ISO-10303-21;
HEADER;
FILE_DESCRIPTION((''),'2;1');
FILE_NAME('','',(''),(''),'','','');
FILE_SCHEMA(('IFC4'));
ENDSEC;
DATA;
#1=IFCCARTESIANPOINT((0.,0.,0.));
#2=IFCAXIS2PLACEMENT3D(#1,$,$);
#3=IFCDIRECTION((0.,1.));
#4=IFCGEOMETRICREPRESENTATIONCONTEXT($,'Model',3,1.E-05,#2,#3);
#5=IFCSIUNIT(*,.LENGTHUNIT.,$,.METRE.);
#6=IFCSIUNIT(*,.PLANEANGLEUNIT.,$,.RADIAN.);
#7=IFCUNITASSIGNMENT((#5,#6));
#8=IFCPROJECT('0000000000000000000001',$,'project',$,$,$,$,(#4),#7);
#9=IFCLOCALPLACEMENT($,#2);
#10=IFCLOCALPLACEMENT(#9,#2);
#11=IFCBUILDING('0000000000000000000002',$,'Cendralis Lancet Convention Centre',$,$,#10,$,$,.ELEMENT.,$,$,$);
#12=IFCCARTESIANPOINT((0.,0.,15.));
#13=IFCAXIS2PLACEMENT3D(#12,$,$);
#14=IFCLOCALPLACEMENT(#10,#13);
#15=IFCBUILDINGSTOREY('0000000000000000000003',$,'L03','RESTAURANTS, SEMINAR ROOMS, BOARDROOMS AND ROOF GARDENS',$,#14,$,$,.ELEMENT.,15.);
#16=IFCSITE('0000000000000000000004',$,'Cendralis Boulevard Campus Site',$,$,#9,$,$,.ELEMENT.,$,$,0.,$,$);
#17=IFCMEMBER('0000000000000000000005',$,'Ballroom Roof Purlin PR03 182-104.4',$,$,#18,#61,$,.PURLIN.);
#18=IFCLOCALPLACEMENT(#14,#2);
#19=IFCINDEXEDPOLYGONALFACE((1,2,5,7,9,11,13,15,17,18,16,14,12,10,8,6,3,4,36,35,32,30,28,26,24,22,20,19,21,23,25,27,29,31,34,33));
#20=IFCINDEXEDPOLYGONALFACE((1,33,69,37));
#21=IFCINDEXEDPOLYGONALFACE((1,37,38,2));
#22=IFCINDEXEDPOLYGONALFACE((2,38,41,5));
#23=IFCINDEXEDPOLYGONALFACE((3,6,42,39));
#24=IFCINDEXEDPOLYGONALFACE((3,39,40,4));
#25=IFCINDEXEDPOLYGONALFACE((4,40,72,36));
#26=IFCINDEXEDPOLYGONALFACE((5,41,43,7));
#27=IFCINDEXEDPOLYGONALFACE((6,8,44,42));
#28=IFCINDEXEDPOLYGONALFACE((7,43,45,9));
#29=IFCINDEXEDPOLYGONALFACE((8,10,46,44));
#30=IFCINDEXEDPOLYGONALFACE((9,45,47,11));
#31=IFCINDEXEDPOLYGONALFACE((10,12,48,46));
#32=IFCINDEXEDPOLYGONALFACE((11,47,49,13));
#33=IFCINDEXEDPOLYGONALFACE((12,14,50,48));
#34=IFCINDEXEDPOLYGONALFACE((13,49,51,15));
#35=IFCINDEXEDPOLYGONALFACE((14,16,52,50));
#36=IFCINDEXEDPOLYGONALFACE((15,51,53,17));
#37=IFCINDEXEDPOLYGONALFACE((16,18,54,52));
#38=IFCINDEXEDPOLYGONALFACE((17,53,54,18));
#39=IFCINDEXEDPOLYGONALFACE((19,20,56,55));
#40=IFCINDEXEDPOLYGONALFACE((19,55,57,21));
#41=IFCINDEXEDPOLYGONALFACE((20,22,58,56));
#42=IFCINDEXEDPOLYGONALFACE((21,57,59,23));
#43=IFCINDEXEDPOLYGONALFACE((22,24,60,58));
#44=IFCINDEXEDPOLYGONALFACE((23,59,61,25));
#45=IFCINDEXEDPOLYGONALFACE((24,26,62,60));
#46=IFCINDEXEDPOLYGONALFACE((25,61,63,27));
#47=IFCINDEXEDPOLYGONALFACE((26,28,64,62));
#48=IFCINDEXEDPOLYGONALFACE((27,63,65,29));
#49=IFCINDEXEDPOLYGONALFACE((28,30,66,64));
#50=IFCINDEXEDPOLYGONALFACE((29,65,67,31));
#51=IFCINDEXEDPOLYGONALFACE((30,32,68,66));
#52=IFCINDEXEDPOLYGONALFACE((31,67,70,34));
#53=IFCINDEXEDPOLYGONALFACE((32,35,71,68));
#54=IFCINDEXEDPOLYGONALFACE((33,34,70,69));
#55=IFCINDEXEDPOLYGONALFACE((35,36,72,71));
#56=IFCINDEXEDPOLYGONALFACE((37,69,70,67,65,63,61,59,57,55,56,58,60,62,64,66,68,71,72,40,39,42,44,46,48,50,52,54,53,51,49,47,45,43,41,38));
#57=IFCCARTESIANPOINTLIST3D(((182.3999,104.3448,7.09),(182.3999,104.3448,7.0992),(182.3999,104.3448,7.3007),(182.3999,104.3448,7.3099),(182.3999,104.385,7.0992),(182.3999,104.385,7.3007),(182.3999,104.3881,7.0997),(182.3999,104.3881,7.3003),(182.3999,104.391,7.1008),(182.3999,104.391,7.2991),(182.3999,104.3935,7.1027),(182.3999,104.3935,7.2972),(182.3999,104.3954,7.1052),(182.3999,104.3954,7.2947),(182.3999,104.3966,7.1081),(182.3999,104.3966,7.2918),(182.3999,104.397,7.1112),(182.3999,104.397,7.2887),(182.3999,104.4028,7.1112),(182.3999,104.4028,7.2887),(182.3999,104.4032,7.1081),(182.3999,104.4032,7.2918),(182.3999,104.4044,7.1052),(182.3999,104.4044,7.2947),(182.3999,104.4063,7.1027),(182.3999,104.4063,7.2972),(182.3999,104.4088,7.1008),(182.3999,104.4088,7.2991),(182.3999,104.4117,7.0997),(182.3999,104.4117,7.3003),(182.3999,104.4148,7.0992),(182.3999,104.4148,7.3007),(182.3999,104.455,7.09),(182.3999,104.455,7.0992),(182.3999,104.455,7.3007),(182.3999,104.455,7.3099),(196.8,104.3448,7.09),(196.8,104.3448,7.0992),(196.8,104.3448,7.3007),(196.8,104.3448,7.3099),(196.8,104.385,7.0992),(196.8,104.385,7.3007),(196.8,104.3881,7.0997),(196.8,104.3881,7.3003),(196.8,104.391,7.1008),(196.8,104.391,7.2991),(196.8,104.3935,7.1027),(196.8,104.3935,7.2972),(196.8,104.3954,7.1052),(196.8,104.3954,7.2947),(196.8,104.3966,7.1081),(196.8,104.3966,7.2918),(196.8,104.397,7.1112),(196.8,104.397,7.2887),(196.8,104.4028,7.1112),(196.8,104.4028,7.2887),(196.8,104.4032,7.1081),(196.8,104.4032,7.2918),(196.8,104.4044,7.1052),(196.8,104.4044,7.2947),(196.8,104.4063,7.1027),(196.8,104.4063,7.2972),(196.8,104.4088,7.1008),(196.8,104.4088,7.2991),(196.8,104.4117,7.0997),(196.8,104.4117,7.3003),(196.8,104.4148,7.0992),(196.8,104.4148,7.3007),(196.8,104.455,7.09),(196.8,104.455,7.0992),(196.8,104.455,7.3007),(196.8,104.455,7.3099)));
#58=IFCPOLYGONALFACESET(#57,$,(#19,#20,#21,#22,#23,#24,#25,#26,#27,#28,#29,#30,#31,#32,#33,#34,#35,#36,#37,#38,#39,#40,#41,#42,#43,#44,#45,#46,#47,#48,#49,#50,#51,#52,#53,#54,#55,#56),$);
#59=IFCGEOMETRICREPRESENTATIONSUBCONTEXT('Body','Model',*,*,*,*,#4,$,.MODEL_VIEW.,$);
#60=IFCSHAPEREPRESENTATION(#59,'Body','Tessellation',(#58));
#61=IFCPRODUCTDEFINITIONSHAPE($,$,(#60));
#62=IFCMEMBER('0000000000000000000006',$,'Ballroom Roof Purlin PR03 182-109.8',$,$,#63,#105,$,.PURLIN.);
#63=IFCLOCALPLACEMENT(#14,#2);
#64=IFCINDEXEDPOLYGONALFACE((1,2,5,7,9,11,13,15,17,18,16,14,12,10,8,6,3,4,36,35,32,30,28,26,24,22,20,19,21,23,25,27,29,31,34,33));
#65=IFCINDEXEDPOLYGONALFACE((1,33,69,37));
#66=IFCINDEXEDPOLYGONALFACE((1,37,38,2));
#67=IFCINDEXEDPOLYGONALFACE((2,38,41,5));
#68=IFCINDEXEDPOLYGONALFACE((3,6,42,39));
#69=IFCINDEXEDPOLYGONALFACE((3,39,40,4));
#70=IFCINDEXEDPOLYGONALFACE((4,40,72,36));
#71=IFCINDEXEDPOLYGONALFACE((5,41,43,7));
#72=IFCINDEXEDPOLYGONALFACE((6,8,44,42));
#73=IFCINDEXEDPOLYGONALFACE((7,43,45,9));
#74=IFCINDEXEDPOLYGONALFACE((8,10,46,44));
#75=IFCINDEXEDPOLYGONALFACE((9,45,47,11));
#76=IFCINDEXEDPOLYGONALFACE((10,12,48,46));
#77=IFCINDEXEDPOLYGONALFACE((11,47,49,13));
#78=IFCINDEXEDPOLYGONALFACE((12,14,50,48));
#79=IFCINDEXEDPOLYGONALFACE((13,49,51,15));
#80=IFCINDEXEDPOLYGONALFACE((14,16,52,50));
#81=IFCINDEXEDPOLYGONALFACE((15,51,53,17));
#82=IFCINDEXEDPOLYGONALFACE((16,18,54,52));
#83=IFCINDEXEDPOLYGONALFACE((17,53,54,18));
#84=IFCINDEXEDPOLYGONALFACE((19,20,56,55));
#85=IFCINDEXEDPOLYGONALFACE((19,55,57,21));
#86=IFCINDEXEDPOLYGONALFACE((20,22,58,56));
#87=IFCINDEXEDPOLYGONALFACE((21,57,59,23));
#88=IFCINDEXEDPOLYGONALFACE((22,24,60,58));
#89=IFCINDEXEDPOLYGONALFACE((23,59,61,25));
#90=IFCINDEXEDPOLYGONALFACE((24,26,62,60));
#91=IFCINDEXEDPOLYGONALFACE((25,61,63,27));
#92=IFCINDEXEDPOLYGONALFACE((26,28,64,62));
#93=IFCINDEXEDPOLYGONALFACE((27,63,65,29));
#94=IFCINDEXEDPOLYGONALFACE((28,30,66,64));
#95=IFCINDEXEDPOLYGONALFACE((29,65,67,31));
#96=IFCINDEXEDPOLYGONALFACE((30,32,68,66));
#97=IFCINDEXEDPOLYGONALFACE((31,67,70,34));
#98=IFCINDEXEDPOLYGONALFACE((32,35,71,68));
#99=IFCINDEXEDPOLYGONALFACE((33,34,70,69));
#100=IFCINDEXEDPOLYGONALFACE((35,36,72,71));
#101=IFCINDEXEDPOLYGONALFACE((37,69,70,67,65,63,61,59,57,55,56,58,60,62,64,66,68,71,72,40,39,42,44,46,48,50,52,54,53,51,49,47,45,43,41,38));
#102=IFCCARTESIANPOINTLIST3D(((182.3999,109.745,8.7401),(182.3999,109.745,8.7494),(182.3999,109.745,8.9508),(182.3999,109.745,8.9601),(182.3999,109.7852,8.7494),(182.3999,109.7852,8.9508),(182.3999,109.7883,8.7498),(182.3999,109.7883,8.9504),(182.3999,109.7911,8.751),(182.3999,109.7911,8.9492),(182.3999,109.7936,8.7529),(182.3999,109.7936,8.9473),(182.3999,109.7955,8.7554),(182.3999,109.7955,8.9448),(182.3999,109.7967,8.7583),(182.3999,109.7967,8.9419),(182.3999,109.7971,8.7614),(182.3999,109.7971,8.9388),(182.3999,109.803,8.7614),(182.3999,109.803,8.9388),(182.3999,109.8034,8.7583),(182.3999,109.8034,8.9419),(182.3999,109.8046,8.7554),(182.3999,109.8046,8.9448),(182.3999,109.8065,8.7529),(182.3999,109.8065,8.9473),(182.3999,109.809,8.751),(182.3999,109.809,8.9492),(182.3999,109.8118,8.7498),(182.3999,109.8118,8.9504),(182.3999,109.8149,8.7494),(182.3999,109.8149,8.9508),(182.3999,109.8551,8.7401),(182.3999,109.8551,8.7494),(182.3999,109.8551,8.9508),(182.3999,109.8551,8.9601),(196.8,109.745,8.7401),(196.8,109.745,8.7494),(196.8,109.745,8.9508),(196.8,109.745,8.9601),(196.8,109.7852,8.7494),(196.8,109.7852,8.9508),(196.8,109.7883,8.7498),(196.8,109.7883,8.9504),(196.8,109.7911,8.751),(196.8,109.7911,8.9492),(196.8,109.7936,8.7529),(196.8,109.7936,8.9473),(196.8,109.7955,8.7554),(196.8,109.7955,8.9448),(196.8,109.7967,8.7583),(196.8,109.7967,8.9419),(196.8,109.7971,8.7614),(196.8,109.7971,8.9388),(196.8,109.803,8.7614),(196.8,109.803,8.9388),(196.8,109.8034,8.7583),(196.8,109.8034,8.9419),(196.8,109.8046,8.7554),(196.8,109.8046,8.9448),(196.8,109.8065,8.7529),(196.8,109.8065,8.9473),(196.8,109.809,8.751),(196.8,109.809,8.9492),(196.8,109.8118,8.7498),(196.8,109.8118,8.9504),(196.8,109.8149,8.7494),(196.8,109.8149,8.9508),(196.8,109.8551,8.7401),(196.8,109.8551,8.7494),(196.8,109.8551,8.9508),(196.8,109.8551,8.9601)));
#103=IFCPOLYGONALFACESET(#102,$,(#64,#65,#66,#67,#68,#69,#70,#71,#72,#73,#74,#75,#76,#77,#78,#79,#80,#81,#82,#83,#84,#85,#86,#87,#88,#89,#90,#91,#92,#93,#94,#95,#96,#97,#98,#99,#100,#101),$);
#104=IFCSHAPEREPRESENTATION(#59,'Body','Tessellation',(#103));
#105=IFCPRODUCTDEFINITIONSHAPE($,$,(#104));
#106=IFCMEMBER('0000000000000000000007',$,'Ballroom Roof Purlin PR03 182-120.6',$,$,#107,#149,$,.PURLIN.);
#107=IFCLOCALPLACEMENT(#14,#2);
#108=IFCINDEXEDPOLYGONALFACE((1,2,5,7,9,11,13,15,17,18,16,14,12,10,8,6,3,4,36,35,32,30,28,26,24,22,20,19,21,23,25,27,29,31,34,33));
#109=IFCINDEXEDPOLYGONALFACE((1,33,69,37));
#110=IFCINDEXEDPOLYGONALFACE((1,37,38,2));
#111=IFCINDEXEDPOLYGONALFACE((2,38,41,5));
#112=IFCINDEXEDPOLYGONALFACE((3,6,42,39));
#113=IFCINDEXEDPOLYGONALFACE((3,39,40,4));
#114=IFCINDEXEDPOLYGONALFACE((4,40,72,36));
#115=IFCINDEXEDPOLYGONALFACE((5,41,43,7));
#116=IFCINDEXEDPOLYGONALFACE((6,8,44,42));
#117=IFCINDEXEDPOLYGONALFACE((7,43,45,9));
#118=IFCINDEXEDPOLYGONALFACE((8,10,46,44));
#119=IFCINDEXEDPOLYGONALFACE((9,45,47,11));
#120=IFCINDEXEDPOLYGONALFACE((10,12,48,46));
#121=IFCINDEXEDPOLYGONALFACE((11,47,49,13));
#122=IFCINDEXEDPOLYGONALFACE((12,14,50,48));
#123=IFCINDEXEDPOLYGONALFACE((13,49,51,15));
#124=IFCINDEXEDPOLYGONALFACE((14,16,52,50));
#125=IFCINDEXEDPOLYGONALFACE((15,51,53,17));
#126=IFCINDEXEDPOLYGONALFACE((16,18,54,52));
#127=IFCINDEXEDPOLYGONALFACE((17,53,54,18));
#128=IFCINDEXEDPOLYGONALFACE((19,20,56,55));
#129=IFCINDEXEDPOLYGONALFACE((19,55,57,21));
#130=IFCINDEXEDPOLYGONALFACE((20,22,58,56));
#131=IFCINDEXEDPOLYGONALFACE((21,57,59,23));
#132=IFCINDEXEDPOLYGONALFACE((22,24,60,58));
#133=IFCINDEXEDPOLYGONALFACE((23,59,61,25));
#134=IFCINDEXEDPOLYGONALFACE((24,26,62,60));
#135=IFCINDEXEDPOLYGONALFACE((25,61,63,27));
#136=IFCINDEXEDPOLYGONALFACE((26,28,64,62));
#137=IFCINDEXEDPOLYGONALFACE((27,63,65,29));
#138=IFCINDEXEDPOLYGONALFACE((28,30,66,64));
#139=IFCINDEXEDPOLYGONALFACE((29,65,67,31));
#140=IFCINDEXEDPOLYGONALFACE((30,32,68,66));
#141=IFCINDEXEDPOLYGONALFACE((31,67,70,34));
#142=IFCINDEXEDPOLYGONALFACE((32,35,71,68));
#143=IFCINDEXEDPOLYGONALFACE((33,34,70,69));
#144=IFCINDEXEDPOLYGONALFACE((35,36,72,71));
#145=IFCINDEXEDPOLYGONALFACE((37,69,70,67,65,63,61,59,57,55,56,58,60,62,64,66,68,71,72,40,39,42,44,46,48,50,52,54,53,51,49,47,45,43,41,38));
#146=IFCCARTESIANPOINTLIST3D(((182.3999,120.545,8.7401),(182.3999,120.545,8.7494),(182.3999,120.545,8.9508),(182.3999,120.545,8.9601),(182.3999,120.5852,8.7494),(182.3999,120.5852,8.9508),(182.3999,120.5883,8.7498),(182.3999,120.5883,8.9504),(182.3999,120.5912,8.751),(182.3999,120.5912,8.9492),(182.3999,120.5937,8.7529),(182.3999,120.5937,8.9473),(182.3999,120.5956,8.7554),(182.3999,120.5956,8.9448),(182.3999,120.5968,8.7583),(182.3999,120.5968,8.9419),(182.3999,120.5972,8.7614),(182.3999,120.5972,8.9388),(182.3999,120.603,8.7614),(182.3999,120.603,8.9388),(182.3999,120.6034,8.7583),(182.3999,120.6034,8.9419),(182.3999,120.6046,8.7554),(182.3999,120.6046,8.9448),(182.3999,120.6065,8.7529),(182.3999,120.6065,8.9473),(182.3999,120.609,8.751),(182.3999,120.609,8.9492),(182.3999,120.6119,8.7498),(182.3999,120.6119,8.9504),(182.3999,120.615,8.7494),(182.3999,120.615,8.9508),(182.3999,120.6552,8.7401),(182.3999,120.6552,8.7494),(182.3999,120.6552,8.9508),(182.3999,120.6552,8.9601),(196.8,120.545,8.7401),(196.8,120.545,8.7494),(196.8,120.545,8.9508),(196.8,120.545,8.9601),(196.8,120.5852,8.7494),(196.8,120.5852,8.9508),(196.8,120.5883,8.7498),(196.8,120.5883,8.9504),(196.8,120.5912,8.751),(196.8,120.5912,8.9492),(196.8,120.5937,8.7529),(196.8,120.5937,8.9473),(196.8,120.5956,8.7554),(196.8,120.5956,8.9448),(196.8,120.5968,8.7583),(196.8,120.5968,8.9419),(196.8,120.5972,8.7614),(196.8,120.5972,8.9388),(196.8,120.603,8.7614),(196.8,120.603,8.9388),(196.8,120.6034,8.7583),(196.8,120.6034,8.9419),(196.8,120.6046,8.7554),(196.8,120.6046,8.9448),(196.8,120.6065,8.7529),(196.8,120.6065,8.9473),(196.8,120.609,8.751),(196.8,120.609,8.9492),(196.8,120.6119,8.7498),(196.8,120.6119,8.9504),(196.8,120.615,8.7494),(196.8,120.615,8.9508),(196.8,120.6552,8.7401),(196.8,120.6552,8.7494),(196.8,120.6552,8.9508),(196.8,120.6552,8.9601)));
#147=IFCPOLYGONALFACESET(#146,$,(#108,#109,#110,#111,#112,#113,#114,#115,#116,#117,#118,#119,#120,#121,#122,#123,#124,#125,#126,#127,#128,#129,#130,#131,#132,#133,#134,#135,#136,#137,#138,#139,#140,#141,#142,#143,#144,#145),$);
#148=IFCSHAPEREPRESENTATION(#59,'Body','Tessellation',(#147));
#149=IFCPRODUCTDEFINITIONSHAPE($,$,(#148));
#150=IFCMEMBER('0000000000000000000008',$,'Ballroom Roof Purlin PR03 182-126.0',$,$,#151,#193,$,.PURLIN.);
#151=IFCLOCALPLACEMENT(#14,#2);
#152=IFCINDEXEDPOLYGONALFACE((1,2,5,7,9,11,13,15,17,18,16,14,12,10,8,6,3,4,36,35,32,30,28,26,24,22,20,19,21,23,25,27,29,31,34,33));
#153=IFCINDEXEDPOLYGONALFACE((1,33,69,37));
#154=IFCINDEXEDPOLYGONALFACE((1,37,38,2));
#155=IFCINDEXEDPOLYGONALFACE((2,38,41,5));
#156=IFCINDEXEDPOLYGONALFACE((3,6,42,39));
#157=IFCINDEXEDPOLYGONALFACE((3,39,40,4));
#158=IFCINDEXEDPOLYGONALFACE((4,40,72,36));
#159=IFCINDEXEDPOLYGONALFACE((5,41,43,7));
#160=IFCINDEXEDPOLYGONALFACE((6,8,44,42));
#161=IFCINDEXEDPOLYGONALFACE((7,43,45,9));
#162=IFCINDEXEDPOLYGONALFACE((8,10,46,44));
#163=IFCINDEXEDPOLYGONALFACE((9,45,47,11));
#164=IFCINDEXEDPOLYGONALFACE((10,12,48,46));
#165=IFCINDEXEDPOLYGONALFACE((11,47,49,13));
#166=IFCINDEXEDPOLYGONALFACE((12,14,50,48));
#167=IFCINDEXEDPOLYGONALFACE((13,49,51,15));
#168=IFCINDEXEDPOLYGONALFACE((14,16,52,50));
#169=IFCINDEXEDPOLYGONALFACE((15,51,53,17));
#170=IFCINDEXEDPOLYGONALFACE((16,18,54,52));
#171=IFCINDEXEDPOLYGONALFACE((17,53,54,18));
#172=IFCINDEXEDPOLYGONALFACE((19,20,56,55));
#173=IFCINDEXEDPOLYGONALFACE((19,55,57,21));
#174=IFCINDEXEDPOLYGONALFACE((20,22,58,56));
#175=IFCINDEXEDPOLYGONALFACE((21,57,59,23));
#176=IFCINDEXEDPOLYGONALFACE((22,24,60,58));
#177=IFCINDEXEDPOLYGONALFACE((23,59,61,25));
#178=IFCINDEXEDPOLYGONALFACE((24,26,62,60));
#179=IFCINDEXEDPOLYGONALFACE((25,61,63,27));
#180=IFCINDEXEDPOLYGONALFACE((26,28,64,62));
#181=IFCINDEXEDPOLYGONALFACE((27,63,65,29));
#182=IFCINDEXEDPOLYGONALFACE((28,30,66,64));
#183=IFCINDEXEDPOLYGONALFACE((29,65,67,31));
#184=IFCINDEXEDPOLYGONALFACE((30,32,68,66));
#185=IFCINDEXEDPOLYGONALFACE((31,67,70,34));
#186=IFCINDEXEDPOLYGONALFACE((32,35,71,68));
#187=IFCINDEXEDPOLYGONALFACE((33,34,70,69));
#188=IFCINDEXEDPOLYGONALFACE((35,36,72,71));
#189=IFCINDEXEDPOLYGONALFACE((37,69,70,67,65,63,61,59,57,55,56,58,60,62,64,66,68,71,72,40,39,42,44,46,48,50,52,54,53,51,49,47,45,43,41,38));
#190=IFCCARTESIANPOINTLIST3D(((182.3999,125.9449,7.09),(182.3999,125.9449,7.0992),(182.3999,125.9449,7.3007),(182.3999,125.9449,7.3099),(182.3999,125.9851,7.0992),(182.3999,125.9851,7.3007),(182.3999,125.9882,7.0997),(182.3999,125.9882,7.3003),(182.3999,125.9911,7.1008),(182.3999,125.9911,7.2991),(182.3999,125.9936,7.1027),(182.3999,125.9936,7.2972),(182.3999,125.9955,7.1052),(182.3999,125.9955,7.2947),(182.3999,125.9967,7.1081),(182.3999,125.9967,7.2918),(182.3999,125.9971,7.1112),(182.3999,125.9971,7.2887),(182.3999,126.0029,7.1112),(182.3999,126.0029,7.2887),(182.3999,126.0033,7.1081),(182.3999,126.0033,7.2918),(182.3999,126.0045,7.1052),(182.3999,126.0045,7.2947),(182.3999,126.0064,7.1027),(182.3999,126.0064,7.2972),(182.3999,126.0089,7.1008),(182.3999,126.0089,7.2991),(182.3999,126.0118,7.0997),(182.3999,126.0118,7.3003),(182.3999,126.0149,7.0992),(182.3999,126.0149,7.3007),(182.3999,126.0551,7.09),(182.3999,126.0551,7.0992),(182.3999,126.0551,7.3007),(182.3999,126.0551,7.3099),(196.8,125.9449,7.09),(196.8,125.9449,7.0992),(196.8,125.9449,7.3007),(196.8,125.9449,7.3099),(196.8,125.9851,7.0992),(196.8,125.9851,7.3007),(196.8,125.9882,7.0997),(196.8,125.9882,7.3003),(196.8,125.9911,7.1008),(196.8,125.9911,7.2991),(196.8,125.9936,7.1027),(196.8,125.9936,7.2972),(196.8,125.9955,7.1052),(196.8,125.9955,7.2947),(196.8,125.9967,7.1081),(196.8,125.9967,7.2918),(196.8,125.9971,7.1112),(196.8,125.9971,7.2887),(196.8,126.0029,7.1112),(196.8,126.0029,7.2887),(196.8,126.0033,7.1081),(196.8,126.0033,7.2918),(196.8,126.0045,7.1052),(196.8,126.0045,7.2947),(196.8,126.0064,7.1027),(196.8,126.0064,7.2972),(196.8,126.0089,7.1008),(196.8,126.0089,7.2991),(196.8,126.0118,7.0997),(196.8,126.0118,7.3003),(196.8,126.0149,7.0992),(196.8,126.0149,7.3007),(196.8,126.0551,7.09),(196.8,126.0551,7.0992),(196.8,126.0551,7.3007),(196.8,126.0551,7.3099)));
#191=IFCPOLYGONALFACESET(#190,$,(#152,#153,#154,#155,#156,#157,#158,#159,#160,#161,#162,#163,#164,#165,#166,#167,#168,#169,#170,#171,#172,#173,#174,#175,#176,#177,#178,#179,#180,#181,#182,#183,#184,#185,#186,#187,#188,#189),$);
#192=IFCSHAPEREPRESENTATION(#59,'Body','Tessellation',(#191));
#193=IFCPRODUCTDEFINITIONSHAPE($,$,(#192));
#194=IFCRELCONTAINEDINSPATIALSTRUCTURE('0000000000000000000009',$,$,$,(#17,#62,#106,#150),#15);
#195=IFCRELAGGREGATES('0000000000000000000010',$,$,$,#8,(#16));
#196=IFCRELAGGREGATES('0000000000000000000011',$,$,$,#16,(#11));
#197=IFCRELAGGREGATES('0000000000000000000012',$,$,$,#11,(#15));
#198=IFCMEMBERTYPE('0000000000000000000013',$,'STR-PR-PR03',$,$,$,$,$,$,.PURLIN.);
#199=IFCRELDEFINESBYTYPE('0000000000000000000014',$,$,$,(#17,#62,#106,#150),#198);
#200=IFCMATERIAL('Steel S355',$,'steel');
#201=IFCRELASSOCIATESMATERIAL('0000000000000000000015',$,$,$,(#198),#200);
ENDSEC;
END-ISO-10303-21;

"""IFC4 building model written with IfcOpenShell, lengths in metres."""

from ifc_helpers import new_model, si_unit, direction, frame, origin, origin_2d, place, context, subcontext, project, spatial, i_section, extrude, material, material_profile, profile_set, type_object, element, save


model = new_model("IFC4")

# Units and contexts
model_context = context("Model", 3, precision=1e-05, world=origin(), true_north=direction((0.0, 1.0)))
body_context = subcontext(model_context, "Body", "Model", "MODEL_VIEW")
ifc_project = project(units=[si_unit("LENGTHUNIT", "METRE"), si_unit("PLANEANGLEUNIT", "RADIAN")], contexts=[model_context])

# Site, building, storey
site_placement = place(None, origin())
site = spatial("IfcSite", under=ifc_project, at=site_placement, Name="Cendralis Boulevard Campus Site", CompositionType="ELEMENT", RefElevation=0.0)
building_placement = place(site_placement, origin())
building = spatial("IfcBuilding", under=site, at=building_placement, Name="Cendralis Lancet Convention Centre", CompositionType="ELEMENT")
storey_placement = place(building_placement, frame((0.0, 0.0, 15.0)))
storey = spatial("IfcBuildingStorey", under=building, at=storey_placement, Name="L03", Description="RESTAURANTS, SEMINAR ROOMS, BOARDROOMS AND ROOF GARDENS", CompositionType="ELEMENT", Elevation=15.0)

# Shared definitions
ifc_material = material(Name="Steel S355", Category="steel")

# Members
ifc_material_profile_1 = material_profile(ifc_material, i_section(OverallWidth=0.1101, OverallDepth=0.22, WebThickness=0.0059, FlangeThickness=0.0093, FilletRadius=0.012, at=origin_2d()), Name="IPE 220")
ifc_profile_set_1 = profile_set([ifc_material_profile_1], Name="Steel S355")
member_type_1 = type_object("IfcMemberType", Name="STR-PR-PR03", PredefinedType="PURLIN", material=ifc_profile_set_1)
for number, where, z_axis, x_axis, name in (
    (1, (182.3999, 104.3999, 7.2), (1.0, 0.0, 0.0), (0.0, 1.0, 0.0), "Ballroom Roof Purlin PR03 182-104.4"),
    (2, (182.3999, 109.8, 8.8501), (1.0, 0.0, 0.0), (0.0, 1.0, 0.0), "Ballroom Roof Purlin PR03 182-109.8"),
    (3, (182.3999, 120.6001, 8.8501), (1.0, 0.0, 0.0), (0.0, 1.0, 0.0), "Ballroom Roof Purlin PR03 182-120.6"),
    (4, (182.3999, 126.0, 7.2), (1.0, 0.0, 0.0), (0.0, 1.0, 0.0), "Ballroom Roof Purlin PR03 182-126.0"),
):
    element("IfcMember", number, at=place(storey_placement, frame(where, z_axis=z_axis, x_axis=x_axis)), inside=storey, type_object=member_type_1, Name=name, PredefinedType="PURLIN", context=body_context, shape_type="SweptSolid", body=[
        extrude(i_section(OverallWidth=0.1101, OverallDepth=0.22, WebThickness=0.0059, FlangeThickness=0.0093, FilletRadius=0.012, at=origin_2d()), origin(), (0.0, 0.0, 1.0), 14.4001),
    ])

save(model, "model.ifc")
